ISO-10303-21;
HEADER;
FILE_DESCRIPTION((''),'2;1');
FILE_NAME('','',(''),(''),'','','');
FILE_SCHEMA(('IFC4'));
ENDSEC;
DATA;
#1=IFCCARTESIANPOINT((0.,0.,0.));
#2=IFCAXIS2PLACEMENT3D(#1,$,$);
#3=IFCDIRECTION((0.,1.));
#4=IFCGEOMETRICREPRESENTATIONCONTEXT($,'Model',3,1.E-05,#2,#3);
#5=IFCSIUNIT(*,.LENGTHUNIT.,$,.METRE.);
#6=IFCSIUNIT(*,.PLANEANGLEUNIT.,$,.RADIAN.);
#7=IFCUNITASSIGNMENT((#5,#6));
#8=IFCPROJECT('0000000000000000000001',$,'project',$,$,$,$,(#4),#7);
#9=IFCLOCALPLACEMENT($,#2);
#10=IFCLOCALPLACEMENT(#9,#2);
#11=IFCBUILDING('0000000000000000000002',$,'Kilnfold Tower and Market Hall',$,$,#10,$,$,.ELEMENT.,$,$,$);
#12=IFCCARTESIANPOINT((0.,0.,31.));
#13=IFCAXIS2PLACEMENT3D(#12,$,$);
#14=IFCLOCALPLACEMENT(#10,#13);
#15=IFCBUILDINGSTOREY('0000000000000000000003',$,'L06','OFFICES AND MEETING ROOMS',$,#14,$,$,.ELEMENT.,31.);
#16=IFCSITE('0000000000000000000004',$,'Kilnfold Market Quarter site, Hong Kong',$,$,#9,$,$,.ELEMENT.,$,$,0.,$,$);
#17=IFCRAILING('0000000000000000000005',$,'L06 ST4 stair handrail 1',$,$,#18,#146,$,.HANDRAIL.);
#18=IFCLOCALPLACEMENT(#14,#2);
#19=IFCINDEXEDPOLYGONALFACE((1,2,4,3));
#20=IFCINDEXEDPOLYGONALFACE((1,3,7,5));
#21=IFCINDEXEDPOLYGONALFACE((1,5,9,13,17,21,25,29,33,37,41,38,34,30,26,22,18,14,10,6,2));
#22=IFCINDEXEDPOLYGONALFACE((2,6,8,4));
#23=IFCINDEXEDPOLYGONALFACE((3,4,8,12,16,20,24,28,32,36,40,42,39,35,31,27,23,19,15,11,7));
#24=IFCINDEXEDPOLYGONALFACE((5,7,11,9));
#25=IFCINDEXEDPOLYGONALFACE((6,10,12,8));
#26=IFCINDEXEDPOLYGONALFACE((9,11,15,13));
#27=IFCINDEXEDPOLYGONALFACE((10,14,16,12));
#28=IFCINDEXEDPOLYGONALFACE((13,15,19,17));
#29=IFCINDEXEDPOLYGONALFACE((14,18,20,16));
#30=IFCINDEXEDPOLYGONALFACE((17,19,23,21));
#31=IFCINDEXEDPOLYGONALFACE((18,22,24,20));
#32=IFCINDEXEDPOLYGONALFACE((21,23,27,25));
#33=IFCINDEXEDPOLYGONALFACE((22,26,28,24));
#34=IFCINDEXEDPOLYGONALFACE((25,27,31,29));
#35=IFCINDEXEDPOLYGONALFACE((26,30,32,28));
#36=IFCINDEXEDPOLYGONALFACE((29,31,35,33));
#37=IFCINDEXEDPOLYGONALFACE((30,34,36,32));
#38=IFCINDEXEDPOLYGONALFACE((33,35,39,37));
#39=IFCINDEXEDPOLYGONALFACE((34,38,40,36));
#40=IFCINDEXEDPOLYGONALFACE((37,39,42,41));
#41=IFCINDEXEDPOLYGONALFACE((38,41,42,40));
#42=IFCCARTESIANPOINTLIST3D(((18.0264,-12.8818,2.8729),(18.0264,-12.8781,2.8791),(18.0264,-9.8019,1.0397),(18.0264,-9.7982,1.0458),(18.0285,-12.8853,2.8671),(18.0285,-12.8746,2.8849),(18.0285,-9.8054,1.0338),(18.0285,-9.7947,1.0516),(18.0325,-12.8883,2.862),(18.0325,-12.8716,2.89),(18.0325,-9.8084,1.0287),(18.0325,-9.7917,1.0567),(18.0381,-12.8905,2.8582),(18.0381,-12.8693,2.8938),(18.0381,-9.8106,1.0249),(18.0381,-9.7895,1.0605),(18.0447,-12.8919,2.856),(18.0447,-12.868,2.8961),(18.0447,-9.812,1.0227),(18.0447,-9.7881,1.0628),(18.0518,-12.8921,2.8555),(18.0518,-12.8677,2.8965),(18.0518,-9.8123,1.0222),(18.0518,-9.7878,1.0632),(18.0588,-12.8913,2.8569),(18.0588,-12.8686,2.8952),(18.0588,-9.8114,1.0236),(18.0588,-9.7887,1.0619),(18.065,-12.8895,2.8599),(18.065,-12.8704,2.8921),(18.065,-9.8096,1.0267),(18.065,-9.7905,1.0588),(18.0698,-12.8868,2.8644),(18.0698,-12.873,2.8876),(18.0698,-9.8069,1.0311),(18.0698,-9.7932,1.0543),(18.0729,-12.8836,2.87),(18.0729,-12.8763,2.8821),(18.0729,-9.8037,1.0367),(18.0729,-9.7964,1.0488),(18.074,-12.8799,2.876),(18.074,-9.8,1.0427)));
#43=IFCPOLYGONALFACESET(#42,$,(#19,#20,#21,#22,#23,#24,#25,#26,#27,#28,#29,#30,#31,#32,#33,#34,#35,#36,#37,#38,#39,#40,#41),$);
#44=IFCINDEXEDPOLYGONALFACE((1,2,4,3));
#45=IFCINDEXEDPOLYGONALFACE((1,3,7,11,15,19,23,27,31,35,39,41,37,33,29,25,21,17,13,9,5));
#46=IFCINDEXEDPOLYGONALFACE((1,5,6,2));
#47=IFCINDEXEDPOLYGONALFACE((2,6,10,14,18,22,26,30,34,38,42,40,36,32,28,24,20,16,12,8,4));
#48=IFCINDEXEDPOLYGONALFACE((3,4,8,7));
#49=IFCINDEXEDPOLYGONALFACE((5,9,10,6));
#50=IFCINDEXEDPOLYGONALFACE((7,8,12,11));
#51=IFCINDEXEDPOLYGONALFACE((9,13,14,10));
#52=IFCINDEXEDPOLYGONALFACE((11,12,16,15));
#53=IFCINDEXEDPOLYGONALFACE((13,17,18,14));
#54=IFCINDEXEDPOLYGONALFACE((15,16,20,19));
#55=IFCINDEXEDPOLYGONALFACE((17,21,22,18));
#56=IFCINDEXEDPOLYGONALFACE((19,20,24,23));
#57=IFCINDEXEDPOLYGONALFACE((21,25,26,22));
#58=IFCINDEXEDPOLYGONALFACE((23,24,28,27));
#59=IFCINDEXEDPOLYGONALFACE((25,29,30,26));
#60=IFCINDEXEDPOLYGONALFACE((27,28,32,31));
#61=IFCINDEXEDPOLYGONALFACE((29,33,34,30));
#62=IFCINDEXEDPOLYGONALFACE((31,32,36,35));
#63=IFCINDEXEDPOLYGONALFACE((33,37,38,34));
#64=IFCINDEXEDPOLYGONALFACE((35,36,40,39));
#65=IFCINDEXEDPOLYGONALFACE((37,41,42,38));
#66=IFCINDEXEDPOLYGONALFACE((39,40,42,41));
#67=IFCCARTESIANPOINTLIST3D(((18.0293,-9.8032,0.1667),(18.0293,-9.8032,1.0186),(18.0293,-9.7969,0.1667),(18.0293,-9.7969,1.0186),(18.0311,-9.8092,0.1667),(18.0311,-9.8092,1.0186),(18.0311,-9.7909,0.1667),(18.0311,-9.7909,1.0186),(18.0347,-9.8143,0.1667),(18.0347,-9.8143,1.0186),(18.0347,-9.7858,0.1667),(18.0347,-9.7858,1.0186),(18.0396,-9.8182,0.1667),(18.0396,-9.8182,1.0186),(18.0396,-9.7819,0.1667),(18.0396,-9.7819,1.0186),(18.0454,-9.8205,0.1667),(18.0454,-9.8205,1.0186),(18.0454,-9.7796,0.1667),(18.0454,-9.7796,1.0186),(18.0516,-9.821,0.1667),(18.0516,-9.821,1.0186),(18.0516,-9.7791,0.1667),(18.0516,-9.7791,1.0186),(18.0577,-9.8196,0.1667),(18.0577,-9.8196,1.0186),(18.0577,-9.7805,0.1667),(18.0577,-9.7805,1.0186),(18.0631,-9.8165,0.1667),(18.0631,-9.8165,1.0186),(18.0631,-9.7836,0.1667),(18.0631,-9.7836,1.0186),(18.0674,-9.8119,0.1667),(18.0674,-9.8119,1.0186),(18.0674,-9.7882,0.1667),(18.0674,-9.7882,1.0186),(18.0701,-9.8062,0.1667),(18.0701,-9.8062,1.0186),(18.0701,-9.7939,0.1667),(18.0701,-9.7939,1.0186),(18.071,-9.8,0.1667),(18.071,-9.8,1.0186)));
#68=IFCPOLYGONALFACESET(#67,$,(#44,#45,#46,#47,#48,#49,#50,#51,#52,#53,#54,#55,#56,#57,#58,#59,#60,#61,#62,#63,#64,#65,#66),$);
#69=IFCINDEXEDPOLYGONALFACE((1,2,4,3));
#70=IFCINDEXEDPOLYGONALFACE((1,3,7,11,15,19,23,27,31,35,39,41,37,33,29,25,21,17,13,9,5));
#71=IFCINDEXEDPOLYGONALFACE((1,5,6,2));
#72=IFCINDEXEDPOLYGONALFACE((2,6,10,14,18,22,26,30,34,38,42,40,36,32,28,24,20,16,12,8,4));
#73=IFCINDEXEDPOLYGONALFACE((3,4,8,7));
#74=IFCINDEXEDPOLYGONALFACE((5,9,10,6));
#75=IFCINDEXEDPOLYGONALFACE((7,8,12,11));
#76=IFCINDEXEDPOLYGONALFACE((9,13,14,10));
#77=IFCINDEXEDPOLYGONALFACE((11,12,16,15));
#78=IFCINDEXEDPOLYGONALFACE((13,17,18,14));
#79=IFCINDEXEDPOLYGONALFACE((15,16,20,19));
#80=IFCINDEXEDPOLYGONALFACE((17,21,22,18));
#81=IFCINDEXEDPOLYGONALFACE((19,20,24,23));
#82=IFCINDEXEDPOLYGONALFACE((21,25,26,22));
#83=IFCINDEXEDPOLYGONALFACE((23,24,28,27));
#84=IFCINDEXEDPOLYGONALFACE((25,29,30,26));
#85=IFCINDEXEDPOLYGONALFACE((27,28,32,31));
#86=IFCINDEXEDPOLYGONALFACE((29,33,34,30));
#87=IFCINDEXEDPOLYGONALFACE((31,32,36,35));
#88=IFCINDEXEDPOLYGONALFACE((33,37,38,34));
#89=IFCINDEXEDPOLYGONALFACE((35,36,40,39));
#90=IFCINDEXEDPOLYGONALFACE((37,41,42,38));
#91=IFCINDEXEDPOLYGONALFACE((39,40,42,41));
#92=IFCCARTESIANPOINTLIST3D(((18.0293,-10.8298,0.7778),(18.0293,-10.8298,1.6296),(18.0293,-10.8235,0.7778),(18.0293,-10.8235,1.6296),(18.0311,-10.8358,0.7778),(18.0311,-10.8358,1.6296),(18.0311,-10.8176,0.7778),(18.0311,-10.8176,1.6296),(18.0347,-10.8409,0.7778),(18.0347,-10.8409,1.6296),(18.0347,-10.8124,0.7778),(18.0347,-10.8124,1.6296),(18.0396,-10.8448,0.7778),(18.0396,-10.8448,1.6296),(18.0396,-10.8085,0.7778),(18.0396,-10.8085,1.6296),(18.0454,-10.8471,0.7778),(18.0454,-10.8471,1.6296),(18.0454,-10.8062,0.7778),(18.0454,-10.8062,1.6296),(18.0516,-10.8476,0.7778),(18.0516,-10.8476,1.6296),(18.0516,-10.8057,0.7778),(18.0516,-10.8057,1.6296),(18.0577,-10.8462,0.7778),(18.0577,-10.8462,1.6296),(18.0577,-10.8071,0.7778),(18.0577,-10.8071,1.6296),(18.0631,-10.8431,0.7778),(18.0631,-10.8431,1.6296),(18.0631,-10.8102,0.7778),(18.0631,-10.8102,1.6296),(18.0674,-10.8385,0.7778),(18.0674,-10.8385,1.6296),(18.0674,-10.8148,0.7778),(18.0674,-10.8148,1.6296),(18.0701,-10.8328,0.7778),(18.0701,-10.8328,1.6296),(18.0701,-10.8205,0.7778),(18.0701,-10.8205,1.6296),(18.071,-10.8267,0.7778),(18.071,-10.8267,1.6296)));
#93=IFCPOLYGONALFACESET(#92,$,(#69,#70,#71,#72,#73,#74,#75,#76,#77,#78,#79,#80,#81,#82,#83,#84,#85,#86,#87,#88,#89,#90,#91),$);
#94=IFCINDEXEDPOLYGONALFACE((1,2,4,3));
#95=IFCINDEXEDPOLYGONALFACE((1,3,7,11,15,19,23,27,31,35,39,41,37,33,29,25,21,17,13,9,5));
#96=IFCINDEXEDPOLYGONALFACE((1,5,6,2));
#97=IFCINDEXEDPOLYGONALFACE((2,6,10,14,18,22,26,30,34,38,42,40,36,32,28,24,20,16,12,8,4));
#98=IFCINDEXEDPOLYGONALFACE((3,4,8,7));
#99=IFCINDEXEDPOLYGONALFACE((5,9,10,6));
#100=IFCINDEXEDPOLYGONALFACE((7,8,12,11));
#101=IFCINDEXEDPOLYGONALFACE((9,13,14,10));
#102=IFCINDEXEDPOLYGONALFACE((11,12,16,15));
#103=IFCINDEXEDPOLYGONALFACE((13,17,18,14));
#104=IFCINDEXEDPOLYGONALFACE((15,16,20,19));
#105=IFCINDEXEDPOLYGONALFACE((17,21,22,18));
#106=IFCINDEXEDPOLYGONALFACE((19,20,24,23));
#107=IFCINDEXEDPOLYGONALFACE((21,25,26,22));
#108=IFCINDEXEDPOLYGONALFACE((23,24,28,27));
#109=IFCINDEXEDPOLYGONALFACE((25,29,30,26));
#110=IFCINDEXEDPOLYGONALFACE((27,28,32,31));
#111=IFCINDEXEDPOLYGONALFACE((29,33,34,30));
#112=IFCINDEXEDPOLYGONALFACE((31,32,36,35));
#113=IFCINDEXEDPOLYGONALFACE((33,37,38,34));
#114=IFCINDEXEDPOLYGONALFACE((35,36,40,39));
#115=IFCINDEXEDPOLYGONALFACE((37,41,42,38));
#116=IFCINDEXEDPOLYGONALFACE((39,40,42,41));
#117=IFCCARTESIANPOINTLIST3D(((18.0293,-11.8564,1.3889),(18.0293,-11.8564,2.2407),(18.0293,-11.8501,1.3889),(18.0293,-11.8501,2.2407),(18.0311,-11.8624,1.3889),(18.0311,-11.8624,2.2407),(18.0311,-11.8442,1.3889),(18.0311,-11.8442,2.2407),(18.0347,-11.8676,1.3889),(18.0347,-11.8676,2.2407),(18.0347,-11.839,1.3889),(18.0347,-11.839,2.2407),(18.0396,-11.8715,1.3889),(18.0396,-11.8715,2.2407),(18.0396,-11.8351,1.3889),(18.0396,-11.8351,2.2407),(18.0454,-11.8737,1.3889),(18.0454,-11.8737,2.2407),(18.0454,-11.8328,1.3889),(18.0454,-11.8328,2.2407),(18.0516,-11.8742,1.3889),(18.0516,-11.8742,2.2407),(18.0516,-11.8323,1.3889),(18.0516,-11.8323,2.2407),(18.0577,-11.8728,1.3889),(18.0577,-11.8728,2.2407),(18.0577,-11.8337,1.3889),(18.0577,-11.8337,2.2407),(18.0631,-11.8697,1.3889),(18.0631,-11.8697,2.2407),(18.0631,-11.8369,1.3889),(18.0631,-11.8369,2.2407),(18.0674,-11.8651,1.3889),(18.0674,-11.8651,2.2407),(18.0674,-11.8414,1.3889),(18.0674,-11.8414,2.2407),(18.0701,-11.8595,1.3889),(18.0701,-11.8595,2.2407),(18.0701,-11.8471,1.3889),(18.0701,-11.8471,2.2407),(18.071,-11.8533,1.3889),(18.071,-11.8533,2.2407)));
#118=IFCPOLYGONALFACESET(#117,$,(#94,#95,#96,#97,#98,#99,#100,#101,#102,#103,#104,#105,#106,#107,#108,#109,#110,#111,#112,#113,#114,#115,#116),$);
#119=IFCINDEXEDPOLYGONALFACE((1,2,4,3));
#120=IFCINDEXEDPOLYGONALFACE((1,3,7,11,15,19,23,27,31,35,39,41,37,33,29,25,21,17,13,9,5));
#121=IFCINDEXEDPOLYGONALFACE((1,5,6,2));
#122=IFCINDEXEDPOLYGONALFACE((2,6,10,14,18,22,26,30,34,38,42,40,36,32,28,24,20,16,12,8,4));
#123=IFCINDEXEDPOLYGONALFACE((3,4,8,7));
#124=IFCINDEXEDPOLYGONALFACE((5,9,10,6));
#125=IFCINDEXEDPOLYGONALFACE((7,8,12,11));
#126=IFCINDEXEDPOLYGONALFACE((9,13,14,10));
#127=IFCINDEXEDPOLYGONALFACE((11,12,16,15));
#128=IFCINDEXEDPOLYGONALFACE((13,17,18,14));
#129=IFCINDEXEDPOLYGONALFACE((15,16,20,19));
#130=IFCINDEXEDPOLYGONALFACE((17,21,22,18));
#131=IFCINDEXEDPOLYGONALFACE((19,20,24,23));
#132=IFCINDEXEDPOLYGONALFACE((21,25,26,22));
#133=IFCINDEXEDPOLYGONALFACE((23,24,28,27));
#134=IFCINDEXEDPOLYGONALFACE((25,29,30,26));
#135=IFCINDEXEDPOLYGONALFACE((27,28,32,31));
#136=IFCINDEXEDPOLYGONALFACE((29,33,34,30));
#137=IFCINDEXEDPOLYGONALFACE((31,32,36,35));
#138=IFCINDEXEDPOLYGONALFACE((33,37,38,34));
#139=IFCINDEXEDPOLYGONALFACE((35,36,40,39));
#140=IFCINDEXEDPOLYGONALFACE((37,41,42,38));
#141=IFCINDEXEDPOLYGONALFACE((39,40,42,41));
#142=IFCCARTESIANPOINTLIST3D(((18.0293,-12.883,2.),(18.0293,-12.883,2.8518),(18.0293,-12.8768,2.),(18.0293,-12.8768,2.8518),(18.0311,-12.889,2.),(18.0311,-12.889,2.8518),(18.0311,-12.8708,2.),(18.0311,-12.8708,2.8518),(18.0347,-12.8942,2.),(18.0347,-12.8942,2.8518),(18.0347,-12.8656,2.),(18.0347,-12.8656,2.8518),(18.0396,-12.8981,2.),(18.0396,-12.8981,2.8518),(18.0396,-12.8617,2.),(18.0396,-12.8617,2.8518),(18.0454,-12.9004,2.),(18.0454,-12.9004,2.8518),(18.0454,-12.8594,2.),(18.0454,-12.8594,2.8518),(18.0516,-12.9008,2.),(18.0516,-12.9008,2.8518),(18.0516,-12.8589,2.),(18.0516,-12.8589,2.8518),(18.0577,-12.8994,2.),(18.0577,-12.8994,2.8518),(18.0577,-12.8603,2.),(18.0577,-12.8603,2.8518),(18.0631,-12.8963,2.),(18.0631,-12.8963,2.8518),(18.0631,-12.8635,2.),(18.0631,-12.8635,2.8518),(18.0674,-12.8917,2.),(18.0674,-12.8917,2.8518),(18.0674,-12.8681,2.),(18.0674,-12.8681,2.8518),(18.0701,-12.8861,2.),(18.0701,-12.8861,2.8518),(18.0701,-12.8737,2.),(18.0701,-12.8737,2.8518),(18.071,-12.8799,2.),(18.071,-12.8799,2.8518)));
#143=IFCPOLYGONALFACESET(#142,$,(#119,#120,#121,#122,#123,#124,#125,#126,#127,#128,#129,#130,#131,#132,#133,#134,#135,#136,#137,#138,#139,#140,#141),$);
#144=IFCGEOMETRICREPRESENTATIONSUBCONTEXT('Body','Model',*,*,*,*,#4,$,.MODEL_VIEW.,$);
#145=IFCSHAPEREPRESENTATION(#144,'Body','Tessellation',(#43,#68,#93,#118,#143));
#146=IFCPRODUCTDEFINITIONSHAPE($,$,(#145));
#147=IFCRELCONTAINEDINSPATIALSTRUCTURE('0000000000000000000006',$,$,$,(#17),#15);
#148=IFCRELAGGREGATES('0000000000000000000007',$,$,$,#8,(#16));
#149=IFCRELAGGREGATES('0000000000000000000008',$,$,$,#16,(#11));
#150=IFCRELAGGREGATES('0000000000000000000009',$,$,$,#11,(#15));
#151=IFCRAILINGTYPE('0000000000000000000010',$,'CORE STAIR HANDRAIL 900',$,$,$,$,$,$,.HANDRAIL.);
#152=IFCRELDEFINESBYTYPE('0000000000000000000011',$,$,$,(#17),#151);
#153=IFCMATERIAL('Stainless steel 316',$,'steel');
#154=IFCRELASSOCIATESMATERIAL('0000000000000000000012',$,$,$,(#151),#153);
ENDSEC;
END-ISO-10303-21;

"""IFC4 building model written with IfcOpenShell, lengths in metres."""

from ifc_helpers import new_model, si_unit, direction, frame, origin, origin_2d, place, context, subcontext, project, spatial, circle, extrude, material, type_object, element, save


model = new_model("IFC4")

# Units and contexts
model_context = context("Model", 3, precision=1e-05, world=origin(), true_north=direction((0.0, 1.0)))
body_context = subcontext(model_context, "Body", "Model", "MODEL_VIEW")
ifc_project = project(units=[si_unit("LENGTHUNIT", "METRE"), si_unit("PLANEANGLEUNIT", "RADIAN")], contexts=[model_context])

# Site, building, storey
site_placement = place(None, origin())
site = spatial("IfcSite", under=ifc_project, at=site_placement, Name="Kilnfold Market Quarter site, Hong Kong", CompositionType="ELEMENT", RefElevation=0.0)
building_placement = place(site_placement, origin())
building = spatial("IfcBuilding", under=site, at=building_placement, Name="Kilnfold Tower and Market Hall", CompositionType="ELEMENT")
storey_placement = place(building_placement, frame((0.0, 0.0, 31.0)))
storey = spatial("IfcBuildingStorey", under=building, at=storey_placement, Name="L06", Description="OFFICES AND MEETING ROOMS", CompositionType="ELEMENT", Elevation=31.0)

# Railing
ifc_material_1 = material(Name="Stainless steel 316", Category="steel")
railing_type_1 = type_object("IfcRailingType", Name="CORE STAIR HANDRAIL 900", PredefinedType="HANDRAIL", material=ifc_material_1)
railing_1_placement = place(storey_placement, frame((18.05, -9.8, 0.1667)))
element("IfcRailing", 1, at=railing_1_placement, inside=storey, type_object=railing_type_1, Name="L06 ST4 stair handrail 1", PredefinedType="HANDRAIL", context=body_context, shape_type="SweptSolid", body=[
    extrude(circle(Radius=0.0239, at=origin_2d()), frame((0.0, 0.0, 0.876), z_axis=(0.0, -0.859291, 0.511487), x_axis=(1.0, 0.0, 0.0)), (0.0, 0.0, 1.0), 3.5842),
    extrude(circle(Radius=0.021, at=origin_2d()), origin(), (0.0, 0.0, 1.0), 0.8518),
    extrude(circle(Radius=0.021, at=origin_2d()), frame((0.0, -1.0266, 0.6111)), (0.0, 0.0, 1.0), 0.8518),
    extrude(circle(Radius=0.021, at=origin_2d()), frame((0.0, -2.0532, 1.2222)), (0.0, 0.0, 1.0), 0.8518),
    extrude(circle(Radius=0.021, at=origin_2d()), frame((0.0, -3.0798, 1.8333)), (0.0, 0.0, 1.0), 0.8518),
])

save(model, "model.ifc")
